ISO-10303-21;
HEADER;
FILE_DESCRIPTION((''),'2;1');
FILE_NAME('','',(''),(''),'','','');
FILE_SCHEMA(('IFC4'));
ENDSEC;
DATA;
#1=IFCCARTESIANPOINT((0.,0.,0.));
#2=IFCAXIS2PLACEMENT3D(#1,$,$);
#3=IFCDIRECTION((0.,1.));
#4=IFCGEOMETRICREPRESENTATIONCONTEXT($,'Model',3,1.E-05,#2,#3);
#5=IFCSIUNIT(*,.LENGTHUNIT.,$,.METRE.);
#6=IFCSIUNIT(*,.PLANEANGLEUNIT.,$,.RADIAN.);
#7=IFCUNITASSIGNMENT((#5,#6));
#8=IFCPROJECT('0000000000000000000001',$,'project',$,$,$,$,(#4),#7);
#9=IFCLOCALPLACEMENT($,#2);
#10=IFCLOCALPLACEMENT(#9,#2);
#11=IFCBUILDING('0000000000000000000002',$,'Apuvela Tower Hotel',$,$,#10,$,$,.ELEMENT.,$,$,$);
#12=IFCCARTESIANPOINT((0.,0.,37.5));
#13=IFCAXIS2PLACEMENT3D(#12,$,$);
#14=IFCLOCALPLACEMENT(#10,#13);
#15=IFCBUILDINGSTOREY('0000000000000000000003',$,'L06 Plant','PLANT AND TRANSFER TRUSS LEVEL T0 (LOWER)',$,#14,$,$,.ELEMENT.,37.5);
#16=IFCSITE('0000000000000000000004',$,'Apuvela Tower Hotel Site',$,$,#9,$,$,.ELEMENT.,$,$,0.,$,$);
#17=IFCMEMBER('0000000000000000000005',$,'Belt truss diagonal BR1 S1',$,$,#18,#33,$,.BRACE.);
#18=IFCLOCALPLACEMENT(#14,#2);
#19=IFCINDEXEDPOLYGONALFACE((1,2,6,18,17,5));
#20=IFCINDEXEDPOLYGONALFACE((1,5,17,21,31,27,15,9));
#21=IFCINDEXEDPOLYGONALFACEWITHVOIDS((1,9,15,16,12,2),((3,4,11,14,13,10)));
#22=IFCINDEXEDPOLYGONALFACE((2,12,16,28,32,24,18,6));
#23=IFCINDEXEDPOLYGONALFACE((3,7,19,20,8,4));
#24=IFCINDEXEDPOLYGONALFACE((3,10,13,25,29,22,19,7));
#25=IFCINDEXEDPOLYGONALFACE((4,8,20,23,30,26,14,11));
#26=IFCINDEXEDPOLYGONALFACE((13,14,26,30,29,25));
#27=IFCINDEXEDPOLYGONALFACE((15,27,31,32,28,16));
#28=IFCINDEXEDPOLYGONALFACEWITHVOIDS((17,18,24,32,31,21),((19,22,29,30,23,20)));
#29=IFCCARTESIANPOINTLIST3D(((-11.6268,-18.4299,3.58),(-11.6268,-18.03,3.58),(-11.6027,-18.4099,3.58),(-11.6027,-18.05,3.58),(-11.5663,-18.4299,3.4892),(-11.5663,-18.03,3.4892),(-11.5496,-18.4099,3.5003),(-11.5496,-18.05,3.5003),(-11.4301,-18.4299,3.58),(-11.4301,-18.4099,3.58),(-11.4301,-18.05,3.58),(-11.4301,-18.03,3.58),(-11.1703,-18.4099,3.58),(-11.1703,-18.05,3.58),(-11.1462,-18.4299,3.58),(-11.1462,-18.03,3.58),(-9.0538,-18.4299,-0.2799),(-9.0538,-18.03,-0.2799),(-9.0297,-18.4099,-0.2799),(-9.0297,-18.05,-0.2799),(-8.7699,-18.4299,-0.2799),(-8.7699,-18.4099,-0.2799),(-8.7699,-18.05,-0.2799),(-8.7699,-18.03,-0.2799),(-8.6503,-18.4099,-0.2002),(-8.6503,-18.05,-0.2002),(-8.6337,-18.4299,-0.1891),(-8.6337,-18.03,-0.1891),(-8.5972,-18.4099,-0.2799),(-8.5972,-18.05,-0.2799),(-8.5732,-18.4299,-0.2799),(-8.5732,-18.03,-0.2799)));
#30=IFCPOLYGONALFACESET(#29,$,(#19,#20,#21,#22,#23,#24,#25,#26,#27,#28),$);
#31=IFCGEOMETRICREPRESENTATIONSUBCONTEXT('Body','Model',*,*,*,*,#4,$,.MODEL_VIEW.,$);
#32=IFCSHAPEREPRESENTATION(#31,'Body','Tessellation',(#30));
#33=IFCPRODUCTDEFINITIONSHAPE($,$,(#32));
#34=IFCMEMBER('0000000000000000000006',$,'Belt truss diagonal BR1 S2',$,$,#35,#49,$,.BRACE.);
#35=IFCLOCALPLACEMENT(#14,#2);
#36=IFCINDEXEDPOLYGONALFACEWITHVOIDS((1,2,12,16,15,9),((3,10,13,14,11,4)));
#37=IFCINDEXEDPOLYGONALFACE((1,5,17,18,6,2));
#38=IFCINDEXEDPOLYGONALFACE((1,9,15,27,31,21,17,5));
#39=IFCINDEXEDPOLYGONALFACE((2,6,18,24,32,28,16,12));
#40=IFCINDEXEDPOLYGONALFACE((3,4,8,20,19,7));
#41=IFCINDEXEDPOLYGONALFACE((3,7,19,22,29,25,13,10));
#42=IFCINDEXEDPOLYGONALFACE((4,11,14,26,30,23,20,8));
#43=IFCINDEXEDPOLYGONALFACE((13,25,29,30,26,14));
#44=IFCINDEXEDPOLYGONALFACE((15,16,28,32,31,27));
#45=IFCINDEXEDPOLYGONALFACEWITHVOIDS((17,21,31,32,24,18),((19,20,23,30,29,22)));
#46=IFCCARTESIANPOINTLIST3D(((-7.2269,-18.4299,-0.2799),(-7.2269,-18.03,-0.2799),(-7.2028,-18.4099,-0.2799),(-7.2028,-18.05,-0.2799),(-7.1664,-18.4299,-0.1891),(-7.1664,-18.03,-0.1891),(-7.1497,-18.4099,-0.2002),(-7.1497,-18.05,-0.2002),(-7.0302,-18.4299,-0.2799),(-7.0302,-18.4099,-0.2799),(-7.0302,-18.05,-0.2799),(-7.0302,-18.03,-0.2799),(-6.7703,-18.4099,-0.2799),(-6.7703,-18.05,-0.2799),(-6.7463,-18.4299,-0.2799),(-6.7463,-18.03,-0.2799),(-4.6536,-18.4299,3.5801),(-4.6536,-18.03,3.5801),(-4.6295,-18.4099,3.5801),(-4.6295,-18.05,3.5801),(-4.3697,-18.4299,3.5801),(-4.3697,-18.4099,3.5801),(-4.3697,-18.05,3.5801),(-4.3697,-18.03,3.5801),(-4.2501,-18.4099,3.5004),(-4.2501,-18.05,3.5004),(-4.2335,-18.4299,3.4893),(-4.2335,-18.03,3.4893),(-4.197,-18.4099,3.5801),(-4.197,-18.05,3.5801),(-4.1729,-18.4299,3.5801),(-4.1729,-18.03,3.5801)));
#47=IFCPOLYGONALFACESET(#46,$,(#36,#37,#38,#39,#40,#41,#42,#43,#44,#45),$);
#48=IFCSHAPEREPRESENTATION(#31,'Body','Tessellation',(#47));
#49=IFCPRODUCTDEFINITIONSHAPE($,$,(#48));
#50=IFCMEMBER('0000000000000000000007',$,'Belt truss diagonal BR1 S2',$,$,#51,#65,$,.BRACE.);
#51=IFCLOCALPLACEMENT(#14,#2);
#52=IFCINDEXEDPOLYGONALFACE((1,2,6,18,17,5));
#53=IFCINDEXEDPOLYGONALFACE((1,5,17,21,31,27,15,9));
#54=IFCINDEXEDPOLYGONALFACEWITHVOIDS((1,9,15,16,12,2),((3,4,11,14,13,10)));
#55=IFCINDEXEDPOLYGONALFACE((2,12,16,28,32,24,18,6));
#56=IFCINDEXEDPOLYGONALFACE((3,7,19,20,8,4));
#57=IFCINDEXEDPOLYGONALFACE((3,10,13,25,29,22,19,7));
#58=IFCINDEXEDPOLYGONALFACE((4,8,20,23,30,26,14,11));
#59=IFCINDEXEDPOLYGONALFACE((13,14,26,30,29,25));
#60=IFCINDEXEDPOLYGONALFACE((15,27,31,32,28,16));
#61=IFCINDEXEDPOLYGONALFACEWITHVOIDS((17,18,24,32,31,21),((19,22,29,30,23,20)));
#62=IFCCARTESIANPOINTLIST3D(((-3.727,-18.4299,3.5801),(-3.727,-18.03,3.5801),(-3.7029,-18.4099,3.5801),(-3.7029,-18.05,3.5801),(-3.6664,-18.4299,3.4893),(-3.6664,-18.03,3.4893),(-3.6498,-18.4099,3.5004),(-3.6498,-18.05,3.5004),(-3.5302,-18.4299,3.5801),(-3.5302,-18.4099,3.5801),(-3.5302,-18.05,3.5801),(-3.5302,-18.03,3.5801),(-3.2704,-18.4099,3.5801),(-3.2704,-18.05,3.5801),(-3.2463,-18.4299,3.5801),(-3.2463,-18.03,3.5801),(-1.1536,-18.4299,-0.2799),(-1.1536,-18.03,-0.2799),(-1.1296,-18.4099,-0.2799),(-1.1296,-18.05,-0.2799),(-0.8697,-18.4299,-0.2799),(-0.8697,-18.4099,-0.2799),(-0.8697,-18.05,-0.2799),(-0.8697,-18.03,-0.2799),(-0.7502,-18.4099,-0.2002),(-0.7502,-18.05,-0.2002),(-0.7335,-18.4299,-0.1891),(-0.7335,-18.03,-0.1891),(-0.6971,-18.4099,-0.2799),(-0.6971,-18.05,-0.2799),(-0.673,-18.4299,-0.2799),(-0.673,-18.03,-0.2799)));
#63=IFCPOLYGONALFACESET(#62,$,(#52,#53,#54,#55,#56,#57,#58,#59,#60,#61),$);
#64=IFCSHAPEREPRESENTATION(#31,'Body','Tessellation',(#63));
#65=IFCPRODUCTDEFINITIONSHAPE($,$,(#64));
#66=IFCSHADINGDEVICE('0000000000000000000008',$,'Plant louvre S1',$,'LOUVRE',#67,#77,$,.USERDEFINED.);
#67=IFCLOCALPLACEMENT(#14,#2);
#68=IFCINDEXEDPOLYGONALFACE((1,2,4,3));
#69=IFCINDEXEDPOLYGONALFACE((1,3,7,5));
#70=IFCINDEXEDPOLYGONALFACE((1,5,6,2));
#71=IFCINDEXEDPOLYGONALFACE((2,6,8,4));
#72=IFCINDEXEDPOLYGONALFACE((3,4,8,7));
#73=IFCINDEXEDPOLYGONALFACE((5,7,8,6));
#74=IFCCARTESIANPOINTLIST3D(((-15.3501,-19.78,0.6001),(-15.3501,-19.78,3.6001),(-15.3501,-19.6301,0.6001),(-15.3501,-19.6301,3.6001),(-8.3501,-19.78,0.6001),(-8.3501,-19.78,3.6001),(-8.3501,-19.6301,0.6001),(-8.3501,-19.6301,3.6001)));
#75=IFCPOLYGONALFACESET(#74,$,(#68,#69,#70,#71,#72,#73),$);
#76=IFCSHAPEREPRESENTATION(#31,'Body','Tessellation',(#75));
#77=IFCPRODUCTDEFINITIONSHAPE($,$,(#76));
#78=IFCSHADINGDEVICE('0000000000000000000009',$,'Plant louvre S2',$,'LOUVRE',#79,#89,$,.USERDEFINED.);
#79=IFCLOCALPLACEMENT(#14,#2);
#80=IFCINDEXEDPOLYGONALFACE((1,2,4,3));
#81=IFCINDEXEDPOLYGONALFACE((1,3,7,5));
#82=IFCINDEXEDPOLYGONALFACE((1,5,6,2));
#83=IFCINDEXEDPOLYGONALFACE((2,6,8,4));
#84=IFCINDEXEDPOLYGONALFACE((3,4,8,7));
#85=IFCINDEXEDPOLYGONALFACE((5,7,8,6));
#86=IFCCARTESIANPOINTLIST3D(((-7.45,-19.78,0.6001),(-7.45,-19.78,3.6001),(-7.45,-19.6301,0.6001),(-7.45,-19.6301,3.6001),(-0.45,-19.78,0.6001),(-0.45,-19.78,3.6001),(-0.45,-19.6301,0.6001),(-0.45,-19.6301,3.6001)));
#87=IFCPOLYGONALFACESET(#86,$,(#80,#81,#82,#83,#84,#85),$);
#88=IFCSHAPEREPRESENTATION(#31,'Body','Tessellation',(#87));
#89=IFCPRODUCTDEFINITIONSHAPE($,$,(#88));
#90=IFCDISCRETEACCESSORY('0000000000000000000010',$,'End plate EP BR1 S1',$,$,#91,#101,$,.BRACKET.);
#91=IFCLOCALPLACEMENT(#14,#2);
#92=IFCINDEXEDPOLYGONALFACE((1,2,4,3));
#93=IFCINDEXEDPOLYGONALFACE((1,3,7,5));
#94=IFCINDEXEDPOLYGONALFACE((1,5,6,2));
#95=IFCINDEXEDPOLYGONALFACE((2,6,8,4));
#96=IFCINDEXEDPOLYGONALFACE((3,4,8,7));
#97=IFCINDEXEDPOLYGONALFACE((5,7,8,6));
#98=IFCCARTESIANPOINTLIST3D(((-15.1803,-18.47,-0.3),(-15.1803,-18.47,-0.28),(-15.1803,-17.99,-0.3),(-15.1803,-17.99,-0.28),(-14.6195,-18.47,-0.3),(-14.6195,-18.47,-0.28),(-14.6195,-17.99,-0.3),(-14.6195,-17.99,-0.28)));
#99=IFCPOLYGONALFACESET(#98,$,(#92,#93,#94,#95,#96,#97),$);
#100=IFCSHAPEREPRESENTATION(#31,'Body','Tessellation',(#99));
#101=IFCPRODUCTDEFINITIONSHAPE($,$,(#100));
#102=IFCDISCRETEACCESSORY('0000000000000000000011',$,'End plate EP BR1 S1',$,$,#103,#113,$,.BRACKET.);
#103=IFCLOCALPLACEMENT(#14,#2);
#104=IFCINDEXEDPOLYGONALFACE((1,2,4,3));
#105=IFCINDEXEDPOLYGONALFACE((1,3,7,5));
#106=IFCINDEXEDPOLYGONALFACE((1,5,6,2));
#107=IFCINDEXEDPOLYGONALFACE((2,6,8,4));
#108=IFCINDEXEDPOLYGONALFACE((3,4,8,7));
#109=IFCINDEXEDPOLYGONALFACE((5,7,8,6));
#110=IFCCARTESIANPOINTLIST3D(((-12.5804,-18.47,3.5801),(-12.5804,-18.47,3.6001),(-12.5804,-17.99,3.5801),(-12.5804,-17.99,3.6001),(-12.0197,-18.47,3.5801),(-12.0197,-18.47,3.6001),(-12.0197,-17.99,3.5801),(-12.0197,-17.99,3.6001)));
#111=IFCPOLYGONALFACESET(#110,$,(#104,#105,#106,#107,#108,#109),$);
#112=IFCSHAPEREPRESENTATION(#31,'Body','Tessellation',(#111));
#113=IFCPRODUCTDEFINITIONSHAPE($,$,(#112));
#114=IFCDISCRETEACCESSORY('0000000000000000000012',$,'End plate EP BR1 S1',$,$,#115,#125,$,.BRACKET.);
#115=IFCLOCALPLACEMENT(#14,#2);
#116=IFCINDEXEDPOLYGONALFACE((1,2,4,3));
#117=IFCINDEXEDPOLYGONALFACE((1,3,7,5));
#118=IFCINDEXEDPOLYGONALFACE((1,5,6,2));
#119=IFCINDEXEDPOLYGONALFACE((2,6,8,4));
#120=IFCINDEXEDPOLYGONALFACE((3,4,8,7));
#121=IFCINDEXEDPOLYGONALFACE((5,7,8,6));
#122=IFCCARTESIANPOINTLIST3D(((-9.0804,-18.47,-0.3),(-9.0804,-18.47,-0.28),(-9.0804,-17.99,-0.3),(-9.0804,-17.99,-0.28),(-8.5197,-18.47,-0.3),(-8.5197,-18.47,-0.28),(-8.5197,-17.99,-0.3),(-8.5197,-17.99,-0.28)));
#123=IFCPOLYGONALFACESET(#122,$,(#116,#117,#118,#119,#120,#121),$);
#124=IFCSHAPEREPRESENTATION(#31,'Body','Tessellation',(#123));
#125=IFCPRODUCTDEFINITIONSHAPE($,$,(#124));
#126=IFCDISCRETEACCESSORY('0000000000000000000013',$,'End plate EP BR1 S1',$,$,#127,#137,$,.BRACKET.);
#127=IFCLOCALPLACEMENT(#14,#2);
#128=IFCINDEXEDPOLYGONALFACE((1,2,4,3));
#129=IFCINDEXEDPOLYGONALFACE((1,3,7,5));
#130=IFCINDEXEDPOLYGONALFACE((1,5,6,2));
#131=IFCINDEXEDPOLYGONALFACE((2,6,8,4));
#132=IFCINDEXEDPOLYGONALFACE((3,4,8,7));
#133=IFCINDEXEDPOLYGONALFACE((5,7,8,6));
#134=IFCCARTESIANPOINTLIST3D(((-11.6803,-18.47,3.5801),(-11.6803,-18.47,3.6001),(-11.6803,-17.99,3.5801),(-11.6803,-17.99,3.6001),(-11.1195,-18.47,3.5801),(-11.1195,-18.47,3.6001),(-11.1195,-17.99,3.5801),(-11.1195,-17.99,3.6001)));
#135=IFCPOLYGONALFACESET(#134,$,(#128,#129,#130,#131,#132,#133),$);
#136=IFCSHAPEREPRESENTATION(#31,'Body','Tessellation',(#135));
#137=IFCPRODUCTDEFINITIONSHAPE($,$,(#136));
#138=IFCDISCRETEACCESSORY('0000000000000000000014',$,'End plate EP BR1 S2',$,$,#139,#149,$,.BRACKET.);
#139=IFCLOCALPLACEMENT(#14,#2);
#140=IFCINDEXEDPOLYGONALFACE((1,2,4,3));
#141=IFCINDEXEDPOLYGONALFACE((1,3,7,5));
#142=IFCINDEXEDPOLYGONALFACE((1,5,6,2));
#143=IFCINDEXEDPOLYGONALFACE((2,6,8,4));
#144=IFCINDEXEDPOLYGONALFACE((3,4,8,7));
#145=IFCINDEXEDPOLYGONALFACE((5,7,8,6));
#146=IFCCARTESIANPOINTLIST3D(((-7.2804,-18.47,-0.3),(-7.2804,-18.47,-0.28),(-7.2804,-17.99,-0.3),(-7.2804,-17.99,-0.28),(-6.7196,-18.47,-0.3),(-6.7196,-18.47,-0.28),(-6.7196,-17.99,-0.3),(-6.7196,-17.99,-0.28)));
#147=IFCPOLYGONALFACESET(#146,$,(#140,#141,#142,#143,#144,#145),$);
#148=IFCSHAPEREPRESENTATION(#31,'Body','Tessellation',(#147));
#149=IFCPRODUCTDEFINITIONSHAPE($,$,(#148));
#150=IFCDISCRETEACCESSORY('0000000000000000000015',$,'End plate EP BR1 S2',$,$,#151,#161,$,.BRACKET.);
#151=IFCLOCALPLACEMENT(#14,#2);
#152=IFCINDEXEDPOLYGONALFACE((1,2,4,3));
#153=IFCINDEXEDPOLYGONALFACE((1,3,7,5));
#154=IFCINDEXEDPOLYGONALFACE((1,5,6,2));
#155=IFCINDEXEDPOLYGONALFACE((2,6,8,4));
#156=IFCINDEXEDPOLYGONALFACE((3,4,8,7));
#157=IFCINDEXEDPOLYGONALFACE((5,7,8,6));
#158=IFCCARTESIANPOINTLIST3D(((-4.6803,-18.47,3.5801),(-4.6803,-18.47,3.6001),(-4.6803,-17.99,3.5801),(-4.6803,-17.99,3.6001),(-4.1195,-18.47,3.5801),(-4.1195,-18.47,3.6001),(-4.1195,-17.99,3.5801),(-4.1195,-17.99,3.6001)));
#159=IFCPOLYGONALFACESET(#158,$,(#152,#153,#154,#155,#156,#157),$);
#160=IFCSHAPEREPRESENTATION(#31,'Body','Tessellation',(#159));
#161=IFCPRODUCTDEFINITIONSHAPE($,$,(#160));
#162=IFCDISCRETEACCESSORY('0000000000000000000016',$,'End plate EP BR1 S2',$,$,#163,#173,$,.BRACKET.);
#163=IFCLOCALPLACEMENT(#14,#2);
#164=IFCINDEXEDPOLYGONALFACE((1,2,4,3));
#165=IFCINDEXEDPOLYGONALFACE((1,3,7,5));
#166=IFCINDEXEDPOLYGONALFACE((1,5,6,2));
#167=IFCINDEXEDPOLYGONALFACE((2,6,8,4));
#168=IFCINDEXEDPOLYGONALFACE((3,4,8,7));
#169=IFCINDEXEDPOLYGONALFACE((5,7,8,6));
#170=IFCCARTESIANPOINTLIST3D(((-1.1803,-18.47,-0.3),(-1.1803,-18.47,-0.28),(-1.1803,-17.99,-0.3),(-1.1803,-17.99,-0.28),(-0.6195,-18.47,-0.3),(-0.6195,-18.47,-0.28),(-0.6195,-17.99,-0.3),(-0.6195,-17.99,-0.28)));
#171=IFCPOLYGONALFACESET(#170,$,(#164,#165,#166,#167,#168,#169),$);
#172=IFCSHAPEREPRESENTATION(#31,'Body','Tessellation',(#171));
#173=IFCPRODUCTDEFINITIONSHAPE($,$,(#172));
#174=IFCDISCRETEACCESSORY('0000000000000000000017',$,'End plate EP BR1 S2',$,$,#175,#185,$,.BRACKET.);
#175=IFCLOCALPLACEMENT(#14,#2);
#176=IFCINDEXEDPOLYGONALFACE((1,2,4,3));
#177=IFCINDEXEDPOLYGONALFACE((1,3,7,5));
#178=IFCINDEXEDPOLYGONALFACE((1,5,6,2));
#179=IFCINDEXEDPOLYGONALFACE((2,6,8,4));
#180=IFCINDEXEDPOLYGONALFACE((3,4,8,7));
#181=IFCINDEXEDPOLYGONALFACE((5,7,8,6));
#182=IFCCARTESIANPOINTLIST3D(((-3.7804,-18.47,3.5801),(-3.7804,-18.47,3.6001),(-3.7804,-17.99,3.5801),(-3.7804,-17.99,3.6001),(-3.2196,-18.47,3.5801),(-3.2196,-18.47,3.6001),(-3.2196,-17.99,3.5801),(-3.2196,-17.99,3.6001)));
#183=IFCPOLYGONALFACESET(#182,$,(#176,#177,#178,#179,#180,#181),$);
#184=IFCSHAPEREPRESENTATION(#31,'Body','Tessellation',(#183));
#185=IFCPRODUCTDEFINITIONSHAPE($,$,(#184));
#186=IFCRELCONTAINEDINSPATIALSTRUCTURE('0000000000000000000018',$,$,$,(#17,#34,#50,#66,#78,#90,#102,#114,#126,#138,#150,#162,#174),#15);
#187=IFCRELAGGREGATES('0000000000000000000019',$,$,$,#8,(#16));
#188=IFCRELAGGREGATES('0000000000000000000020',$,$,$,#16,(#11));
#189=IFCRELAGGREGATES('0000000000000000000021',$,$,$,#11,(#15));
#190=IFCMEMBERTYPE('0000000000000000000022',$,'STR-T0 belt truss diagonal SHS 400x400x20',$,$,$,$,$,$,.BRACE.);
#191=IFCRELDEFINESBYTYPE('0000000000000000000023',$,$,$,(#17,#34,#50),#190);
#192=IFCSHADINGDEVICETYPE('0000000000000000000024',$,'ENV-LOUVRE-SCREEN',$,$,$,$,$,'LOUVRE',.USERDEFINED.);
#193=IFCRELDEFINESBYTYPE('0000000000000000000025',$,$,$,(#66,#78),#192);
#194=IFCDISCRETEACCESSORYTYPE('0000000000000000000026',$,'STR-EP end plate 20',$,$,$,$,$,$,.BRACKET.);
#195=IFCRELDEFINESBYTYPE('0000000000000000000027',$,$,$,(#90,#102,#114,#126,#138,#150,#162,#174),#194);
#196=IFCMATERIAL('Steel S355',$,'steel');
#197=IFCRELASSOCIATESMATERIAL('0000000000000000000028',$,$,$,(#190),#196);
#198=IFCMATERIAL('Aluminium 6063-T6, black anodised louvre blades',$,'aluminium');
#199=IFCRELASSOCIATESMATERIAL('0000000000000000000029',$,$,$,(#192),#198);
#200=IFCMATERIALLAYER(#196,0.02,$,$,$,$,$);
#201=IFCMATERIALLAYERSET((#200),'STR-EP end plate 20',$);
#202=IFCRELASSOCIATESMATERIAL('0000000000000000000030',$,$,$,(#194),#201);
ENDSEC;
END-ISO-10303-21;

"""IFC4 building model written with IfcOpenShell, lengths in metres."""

from ifc_helpers import new_model, si_unit, direction, frame, origin, origin_2d, place, context, subcontext, project, spatial, rectangle, hollow_rectangle, extrude, boolean, halfspace, material, layer, layer_set, material_profile, profile_set, type_object, element, save


model = new_model("IFC4")

# Units and contexts
model_context = context("Model", 3, precision=1e-05, world=origin(), true_north=direction((0.0, 1.0)))
body_context = subcontext(model_context, "Body", "Model", "MODEL_VIEW")
ifc_project = project(units=[si_unit("LENGTHUNIT", "METRE"), si_unit("PLANEANGLEUNIT", "RADIAN")], contexts=[model_context])

# Site, building, storey
site_placement = place(None, origin())
site = spatial("IfcSite", under=ifc_project, at=site_placement, Name="Apuvela Tower Hotel Site", CompositionType="ELEMENT", RefElevation=0.0)
building_placement = place(site_placement, origin())
building = spatial("IfcBuilding", under=site, at=building_placement, Name="Apuvela Tower Hotel", CompositionType="ELEMENT")
storey_placement = place(building_placement, frame((0.0, 0.0, 37.5)))
storey = spatial("IfcBuildingStorey", under=building, at=storey_placement, Name="L06 Plant", Description="PLANT AND TRANSFER TRUSS LEVEL T0 (LOWER)", CompositionType="ELEMENT", Elevation=37.5)

# Shared definitions
ifc_material_1 = material(Name="Steel S355", Category="steel")

# Members
ifc_material_profile_1 = material_profile(ifc_material_1, hollow_rectangle(XDim=0.3999, YDim=0.3999, WallThickness=0.02, at=origin_2d()), Name="SHS 400x400x20")
ifc_profile_set_1 = profile_set([ifc_material_profile_1], Name="Steel S355")
member_type_1 = type_object("IfcMemberType", Name="STR-T0 belt truss diagonal SHS 400x400x20", PredefinedType="BRACE", material=ifc_profile_set_1)
member_1_placement = place(storey_placement, frame((-8.8, -18.23, -0.3), z_axis=(-0.554664, 0.0, 0.832074), x_axis=(0.832074, 0.0, 0.554664)))
solid_1 = boolean("DIFFERENCE", boolean("DIFFERENCE", extrude(hollow_rectangle(XDim=0.3999, YDim=0.3999, WallThickness=0.02, at=origin_2d()), frame((0.0, 0.0, -0.2534)), (0.0, 0.0, 1.0), 5.1938), halfspace(frame((0.0, 0.0, 0.0242), z_axis=(0.554664, 0.0, 0.832074), x_axis=(0.832074, 0.0, -0.554664)), True)), halfspace(frame((0.0, 0.0, 4.6631), z_axis=(0.554664, 0.0, 0.832074), x_axis=(0.832074, 0.0, -0.554664)), False))
element("IfcMember", 1, at=member_1_placement, inside=storey, type_object=member_type_1, Name="Belt truss diagonal BR1 S1", PredefinedType="BRACE", context=body_context, shape_type="SweptSolid", body=[
    boolean("UNION", boolean("DIFFERENCE", boolean("DIFFERENCE", extrude(hollow_rectangle(XDim=0.3999, YDim=0.3999, WallThickness=0.02, at=origin_2d()), origin(), (0.0, 0.0, 1.0), 4.6873), halfspace(frame((0.0, 0.0, 0.0242), z_axis=(0.554664, 0.0, 0.832074), x_axis=(0.832074, 0.0, -0.554664)), True)), halfspace(frame((0.0, 0.0, 4.6631), z_axis=(0.554664, 0.0, 0.832074), x_axis=(0.832074, 0.0, -0.554664)), False)), solid_1),
])
member_2_placement = place(storey_placement, frame((-7.0, -18.23, -0.3), z_axis=(0.5547, 0.0, 0.83205), x_axis=(-0.83205, 0.0, 0.5547)))
solid_2 = boolean("DIFFERENCE", boolean("DIFFERENCE", extrude(hollow_rectangle(XDim=0.3999, YDim=0.3999, WallThickness=0.02, at=origin_2d()), frame((0.0, 0.0, -0.2534)), (0.0, 0.0, 1.0), 5.1941), halfspace(frame((0.0, 0.0, 0.0242), z_axis=(0.5547, 0.0, 0.83205), x_axis=(0.83205, 0.0, -0.5547)), True)), halfspace(frame((0.0, 0.0, 4.6633), z_axis=(0.5547, 0.0, 0.83205), x_axis=(0.83205, 0.0, -0.5547)), False))
element("IfcMember", 2, at=member_2_placement, inside=storey, type_object=member_type_1, Name="Belt truss diagonal BR1 S2", PredefinedType="BRACE", context=body_context, shape_type="SweptSolid", body=[
    boolean("UNION", boolean("DIFFERENCE", boolean("DIFFERENCE", extrude(hollow_rectangle(XDim=0.3999, YDim=0.3999, WallThickness=0.02, at=origin_2d()), origin(), (0.0, 0.0, 1.0), 4.6875), halfspace(frame((0.0, 0.0, 0.0242), z_axis=(0.5547, 0.0, 0.83205), x_axis=(0.83205, 0.0, -0.5547)), True)), halfspace(frame((0.0, 0.0, 4.6633), z_axis=(0.5547, 0.0, 0.83205), x_axis=(0.83205, 0.0, -0.5547)), False)), solid_2),
])
member_3_placement = place(storey_placement, frame((-0.8999, -18.23, -0.3), z_axis=(-0.5547, 0.0, 0.83205), x_axis=(0.83205, 0.0, 0.5547)))
solid_3 = boolean("DIFFERENCE", boolean("DIFFERENCE", extrude(hollow_rectangle(XDim=0.3999, YDim=0.3999, WallThickness=0.02, at=origin_2d()), frame((0.0, 0.0, -0.2534)), (0.0, 0.0, 1.0), 5.1941), halfspace(frame((0.0, 0.0, 0.0242), z_axis=(0.5547, 0.0, 0.83205), x_axis=(0.83205, 0.0, -0.5547)), True)), halfspace(frame((0.0, 0.0, 4.6633), z_axis=(0.5547, 0.0, 0.83205), x_axis=(0.83205, 0.0, -0.5547)), False))
element("IfcMember", 3, at=member_3_placement, inside=storey, type_object=member_type_1, Name="Belt truss diagonal BR1 S2", PredefinedType="BRACE", context=body_context, shape_type="SweptSolid", body=[
    boolean("UNION", boolean("DIFFERENCE", boolean("DIFFERENCE", extrude(hollow_rectangle(XDim=0.3999, YDim=0.3999, WallThickness=0.02, at=origin_2d()), origin(), (0.0, 0.0, 1.0), 4.6875), halfspace(frame((0.0, 0.0, 0.0242), z_axis=(0.5547, 0.0, 0.83205), x_axis=(0.83205, 0.0, -0.5547)), True)), halfspace(frame((0.0, 0.0, 4.6633), z_axis=(0.5547, 0.0, 0.83205), x_axis=(0.83205, 0.0, -0.5547)), False)), solid_3),
])

# Shading devices
ifc_material_2 = material(Name="Aluminium 6063-T6, black anodised louvre blades", Category="aluminium")
shading_device_type = type_object("IfcShadingDeviceType", Name="ENV-LOUVRE-SCREEN", ElementType="LOUVRE", PredefinedType="USERDEFINED", material=ifc_material_2)
for number, where, z_axis, x_axis, name in (
    (4, (-11.8501, -19.7051, 0.6001), (0.0, 0.0, 1.0), (1.0, 0.0, 0.0), "Plant louvre S1"),
    (5, (-3.95, -19.7051, 0.6001), (0.0, 0.0, 1.0), (1.0, 0.0, 0.0), "Plant louvre S2"),
):
    element("IfcShadingDevice", number, at=place(storey_placement, frame(where, z_axis=z_axis, x_axis=x_axis)), inside=storey, type_object=shading_device_type, Name=name, ObjectType="LOUVRE", PredefinedType="USERDEFINED", context=body_context, shape_type="SweptSolid", body=[
        extrude(rectangle(XDim=7.0, YDim=0.1499, at=origin_2d()), origin(), (0.0, 0.0, 1.0), 3.0),
    ])

# Discrete accessories
ifc_layer = layer(ifc_material_1, 0.02)
ifc_layer_set = layer_set([ifc_layer], Name="STR-EP end plate 20")
discrete_accessory_type = type_object("IfcDiscreteAccessoryType", Name="STR-EP end plate 20", PredefinedType="BRACKET", material=ifc_layer_set)
for number, where, z_axis, x_axis, name in (
    (6, (-14.8999, -18.23, -0.3), (0.0, 0.0, 1.0), (1.0, 0.0, 0.0), "End plate EP BR1 S1"),
    (7, (-12.3, -18.23, 3.5801), (0.0, 0.0, 1.0), (1.0, 0.0, 0.0), "End plate EP BR1 S1"),
    (8, (-8.8, -18.23, -0.3), (0.0, 0.0, 1.0), (-1.0, 0.0, 0.0), "End plate EP BR1 S1"),
    (9, (-11.3999, -18.23, 3.5801), (0.0, 0.0, 1.0), (-1.0, 0.0, 0.0), "End plate EP BR1 S1"),
    (10, (-7.0, -18.23, -0.3), (0.0, 0.0, 1.0), (1.0, 0.0, 0.0), "End plate EP BR1 S2"),
    (11, (-4.3999, -18.23, 3.5801), (0.0, 0.0, 1.0), (1.0, 0.0, 0.0), "End plate EP BR1 S2"),
    (12, (-0.8999, -18.23, -0.3), (0.0, 0.0, 1.0), (-1.0, 0.0, 0.0), "End plate EP BR1 S2"),
    (13, (-3.5, -18.23, 3.5801), (0.0, 0.0, 1.0), (-1.0, 0.0, 0.0), "End plate EP BR1 S2"),
):
    element("IfcDiscreteAccessory", number, at=place(storey_placement, frame(where, z_axis=z_axis, x_axis=x_axis)), inside=storey, type_object=discrete_accessory_type, Name=name, PredefinedType="BRACKET", context=body_context, shape_type="SweptSolid", body=[
        extrude(rectangle(XDim=0.5608, YDim=0.48, at=origin_2d()), origin(), (0.0, 0.0, 1.0), 0.02),
    ])

save(model, "model.ifc")
